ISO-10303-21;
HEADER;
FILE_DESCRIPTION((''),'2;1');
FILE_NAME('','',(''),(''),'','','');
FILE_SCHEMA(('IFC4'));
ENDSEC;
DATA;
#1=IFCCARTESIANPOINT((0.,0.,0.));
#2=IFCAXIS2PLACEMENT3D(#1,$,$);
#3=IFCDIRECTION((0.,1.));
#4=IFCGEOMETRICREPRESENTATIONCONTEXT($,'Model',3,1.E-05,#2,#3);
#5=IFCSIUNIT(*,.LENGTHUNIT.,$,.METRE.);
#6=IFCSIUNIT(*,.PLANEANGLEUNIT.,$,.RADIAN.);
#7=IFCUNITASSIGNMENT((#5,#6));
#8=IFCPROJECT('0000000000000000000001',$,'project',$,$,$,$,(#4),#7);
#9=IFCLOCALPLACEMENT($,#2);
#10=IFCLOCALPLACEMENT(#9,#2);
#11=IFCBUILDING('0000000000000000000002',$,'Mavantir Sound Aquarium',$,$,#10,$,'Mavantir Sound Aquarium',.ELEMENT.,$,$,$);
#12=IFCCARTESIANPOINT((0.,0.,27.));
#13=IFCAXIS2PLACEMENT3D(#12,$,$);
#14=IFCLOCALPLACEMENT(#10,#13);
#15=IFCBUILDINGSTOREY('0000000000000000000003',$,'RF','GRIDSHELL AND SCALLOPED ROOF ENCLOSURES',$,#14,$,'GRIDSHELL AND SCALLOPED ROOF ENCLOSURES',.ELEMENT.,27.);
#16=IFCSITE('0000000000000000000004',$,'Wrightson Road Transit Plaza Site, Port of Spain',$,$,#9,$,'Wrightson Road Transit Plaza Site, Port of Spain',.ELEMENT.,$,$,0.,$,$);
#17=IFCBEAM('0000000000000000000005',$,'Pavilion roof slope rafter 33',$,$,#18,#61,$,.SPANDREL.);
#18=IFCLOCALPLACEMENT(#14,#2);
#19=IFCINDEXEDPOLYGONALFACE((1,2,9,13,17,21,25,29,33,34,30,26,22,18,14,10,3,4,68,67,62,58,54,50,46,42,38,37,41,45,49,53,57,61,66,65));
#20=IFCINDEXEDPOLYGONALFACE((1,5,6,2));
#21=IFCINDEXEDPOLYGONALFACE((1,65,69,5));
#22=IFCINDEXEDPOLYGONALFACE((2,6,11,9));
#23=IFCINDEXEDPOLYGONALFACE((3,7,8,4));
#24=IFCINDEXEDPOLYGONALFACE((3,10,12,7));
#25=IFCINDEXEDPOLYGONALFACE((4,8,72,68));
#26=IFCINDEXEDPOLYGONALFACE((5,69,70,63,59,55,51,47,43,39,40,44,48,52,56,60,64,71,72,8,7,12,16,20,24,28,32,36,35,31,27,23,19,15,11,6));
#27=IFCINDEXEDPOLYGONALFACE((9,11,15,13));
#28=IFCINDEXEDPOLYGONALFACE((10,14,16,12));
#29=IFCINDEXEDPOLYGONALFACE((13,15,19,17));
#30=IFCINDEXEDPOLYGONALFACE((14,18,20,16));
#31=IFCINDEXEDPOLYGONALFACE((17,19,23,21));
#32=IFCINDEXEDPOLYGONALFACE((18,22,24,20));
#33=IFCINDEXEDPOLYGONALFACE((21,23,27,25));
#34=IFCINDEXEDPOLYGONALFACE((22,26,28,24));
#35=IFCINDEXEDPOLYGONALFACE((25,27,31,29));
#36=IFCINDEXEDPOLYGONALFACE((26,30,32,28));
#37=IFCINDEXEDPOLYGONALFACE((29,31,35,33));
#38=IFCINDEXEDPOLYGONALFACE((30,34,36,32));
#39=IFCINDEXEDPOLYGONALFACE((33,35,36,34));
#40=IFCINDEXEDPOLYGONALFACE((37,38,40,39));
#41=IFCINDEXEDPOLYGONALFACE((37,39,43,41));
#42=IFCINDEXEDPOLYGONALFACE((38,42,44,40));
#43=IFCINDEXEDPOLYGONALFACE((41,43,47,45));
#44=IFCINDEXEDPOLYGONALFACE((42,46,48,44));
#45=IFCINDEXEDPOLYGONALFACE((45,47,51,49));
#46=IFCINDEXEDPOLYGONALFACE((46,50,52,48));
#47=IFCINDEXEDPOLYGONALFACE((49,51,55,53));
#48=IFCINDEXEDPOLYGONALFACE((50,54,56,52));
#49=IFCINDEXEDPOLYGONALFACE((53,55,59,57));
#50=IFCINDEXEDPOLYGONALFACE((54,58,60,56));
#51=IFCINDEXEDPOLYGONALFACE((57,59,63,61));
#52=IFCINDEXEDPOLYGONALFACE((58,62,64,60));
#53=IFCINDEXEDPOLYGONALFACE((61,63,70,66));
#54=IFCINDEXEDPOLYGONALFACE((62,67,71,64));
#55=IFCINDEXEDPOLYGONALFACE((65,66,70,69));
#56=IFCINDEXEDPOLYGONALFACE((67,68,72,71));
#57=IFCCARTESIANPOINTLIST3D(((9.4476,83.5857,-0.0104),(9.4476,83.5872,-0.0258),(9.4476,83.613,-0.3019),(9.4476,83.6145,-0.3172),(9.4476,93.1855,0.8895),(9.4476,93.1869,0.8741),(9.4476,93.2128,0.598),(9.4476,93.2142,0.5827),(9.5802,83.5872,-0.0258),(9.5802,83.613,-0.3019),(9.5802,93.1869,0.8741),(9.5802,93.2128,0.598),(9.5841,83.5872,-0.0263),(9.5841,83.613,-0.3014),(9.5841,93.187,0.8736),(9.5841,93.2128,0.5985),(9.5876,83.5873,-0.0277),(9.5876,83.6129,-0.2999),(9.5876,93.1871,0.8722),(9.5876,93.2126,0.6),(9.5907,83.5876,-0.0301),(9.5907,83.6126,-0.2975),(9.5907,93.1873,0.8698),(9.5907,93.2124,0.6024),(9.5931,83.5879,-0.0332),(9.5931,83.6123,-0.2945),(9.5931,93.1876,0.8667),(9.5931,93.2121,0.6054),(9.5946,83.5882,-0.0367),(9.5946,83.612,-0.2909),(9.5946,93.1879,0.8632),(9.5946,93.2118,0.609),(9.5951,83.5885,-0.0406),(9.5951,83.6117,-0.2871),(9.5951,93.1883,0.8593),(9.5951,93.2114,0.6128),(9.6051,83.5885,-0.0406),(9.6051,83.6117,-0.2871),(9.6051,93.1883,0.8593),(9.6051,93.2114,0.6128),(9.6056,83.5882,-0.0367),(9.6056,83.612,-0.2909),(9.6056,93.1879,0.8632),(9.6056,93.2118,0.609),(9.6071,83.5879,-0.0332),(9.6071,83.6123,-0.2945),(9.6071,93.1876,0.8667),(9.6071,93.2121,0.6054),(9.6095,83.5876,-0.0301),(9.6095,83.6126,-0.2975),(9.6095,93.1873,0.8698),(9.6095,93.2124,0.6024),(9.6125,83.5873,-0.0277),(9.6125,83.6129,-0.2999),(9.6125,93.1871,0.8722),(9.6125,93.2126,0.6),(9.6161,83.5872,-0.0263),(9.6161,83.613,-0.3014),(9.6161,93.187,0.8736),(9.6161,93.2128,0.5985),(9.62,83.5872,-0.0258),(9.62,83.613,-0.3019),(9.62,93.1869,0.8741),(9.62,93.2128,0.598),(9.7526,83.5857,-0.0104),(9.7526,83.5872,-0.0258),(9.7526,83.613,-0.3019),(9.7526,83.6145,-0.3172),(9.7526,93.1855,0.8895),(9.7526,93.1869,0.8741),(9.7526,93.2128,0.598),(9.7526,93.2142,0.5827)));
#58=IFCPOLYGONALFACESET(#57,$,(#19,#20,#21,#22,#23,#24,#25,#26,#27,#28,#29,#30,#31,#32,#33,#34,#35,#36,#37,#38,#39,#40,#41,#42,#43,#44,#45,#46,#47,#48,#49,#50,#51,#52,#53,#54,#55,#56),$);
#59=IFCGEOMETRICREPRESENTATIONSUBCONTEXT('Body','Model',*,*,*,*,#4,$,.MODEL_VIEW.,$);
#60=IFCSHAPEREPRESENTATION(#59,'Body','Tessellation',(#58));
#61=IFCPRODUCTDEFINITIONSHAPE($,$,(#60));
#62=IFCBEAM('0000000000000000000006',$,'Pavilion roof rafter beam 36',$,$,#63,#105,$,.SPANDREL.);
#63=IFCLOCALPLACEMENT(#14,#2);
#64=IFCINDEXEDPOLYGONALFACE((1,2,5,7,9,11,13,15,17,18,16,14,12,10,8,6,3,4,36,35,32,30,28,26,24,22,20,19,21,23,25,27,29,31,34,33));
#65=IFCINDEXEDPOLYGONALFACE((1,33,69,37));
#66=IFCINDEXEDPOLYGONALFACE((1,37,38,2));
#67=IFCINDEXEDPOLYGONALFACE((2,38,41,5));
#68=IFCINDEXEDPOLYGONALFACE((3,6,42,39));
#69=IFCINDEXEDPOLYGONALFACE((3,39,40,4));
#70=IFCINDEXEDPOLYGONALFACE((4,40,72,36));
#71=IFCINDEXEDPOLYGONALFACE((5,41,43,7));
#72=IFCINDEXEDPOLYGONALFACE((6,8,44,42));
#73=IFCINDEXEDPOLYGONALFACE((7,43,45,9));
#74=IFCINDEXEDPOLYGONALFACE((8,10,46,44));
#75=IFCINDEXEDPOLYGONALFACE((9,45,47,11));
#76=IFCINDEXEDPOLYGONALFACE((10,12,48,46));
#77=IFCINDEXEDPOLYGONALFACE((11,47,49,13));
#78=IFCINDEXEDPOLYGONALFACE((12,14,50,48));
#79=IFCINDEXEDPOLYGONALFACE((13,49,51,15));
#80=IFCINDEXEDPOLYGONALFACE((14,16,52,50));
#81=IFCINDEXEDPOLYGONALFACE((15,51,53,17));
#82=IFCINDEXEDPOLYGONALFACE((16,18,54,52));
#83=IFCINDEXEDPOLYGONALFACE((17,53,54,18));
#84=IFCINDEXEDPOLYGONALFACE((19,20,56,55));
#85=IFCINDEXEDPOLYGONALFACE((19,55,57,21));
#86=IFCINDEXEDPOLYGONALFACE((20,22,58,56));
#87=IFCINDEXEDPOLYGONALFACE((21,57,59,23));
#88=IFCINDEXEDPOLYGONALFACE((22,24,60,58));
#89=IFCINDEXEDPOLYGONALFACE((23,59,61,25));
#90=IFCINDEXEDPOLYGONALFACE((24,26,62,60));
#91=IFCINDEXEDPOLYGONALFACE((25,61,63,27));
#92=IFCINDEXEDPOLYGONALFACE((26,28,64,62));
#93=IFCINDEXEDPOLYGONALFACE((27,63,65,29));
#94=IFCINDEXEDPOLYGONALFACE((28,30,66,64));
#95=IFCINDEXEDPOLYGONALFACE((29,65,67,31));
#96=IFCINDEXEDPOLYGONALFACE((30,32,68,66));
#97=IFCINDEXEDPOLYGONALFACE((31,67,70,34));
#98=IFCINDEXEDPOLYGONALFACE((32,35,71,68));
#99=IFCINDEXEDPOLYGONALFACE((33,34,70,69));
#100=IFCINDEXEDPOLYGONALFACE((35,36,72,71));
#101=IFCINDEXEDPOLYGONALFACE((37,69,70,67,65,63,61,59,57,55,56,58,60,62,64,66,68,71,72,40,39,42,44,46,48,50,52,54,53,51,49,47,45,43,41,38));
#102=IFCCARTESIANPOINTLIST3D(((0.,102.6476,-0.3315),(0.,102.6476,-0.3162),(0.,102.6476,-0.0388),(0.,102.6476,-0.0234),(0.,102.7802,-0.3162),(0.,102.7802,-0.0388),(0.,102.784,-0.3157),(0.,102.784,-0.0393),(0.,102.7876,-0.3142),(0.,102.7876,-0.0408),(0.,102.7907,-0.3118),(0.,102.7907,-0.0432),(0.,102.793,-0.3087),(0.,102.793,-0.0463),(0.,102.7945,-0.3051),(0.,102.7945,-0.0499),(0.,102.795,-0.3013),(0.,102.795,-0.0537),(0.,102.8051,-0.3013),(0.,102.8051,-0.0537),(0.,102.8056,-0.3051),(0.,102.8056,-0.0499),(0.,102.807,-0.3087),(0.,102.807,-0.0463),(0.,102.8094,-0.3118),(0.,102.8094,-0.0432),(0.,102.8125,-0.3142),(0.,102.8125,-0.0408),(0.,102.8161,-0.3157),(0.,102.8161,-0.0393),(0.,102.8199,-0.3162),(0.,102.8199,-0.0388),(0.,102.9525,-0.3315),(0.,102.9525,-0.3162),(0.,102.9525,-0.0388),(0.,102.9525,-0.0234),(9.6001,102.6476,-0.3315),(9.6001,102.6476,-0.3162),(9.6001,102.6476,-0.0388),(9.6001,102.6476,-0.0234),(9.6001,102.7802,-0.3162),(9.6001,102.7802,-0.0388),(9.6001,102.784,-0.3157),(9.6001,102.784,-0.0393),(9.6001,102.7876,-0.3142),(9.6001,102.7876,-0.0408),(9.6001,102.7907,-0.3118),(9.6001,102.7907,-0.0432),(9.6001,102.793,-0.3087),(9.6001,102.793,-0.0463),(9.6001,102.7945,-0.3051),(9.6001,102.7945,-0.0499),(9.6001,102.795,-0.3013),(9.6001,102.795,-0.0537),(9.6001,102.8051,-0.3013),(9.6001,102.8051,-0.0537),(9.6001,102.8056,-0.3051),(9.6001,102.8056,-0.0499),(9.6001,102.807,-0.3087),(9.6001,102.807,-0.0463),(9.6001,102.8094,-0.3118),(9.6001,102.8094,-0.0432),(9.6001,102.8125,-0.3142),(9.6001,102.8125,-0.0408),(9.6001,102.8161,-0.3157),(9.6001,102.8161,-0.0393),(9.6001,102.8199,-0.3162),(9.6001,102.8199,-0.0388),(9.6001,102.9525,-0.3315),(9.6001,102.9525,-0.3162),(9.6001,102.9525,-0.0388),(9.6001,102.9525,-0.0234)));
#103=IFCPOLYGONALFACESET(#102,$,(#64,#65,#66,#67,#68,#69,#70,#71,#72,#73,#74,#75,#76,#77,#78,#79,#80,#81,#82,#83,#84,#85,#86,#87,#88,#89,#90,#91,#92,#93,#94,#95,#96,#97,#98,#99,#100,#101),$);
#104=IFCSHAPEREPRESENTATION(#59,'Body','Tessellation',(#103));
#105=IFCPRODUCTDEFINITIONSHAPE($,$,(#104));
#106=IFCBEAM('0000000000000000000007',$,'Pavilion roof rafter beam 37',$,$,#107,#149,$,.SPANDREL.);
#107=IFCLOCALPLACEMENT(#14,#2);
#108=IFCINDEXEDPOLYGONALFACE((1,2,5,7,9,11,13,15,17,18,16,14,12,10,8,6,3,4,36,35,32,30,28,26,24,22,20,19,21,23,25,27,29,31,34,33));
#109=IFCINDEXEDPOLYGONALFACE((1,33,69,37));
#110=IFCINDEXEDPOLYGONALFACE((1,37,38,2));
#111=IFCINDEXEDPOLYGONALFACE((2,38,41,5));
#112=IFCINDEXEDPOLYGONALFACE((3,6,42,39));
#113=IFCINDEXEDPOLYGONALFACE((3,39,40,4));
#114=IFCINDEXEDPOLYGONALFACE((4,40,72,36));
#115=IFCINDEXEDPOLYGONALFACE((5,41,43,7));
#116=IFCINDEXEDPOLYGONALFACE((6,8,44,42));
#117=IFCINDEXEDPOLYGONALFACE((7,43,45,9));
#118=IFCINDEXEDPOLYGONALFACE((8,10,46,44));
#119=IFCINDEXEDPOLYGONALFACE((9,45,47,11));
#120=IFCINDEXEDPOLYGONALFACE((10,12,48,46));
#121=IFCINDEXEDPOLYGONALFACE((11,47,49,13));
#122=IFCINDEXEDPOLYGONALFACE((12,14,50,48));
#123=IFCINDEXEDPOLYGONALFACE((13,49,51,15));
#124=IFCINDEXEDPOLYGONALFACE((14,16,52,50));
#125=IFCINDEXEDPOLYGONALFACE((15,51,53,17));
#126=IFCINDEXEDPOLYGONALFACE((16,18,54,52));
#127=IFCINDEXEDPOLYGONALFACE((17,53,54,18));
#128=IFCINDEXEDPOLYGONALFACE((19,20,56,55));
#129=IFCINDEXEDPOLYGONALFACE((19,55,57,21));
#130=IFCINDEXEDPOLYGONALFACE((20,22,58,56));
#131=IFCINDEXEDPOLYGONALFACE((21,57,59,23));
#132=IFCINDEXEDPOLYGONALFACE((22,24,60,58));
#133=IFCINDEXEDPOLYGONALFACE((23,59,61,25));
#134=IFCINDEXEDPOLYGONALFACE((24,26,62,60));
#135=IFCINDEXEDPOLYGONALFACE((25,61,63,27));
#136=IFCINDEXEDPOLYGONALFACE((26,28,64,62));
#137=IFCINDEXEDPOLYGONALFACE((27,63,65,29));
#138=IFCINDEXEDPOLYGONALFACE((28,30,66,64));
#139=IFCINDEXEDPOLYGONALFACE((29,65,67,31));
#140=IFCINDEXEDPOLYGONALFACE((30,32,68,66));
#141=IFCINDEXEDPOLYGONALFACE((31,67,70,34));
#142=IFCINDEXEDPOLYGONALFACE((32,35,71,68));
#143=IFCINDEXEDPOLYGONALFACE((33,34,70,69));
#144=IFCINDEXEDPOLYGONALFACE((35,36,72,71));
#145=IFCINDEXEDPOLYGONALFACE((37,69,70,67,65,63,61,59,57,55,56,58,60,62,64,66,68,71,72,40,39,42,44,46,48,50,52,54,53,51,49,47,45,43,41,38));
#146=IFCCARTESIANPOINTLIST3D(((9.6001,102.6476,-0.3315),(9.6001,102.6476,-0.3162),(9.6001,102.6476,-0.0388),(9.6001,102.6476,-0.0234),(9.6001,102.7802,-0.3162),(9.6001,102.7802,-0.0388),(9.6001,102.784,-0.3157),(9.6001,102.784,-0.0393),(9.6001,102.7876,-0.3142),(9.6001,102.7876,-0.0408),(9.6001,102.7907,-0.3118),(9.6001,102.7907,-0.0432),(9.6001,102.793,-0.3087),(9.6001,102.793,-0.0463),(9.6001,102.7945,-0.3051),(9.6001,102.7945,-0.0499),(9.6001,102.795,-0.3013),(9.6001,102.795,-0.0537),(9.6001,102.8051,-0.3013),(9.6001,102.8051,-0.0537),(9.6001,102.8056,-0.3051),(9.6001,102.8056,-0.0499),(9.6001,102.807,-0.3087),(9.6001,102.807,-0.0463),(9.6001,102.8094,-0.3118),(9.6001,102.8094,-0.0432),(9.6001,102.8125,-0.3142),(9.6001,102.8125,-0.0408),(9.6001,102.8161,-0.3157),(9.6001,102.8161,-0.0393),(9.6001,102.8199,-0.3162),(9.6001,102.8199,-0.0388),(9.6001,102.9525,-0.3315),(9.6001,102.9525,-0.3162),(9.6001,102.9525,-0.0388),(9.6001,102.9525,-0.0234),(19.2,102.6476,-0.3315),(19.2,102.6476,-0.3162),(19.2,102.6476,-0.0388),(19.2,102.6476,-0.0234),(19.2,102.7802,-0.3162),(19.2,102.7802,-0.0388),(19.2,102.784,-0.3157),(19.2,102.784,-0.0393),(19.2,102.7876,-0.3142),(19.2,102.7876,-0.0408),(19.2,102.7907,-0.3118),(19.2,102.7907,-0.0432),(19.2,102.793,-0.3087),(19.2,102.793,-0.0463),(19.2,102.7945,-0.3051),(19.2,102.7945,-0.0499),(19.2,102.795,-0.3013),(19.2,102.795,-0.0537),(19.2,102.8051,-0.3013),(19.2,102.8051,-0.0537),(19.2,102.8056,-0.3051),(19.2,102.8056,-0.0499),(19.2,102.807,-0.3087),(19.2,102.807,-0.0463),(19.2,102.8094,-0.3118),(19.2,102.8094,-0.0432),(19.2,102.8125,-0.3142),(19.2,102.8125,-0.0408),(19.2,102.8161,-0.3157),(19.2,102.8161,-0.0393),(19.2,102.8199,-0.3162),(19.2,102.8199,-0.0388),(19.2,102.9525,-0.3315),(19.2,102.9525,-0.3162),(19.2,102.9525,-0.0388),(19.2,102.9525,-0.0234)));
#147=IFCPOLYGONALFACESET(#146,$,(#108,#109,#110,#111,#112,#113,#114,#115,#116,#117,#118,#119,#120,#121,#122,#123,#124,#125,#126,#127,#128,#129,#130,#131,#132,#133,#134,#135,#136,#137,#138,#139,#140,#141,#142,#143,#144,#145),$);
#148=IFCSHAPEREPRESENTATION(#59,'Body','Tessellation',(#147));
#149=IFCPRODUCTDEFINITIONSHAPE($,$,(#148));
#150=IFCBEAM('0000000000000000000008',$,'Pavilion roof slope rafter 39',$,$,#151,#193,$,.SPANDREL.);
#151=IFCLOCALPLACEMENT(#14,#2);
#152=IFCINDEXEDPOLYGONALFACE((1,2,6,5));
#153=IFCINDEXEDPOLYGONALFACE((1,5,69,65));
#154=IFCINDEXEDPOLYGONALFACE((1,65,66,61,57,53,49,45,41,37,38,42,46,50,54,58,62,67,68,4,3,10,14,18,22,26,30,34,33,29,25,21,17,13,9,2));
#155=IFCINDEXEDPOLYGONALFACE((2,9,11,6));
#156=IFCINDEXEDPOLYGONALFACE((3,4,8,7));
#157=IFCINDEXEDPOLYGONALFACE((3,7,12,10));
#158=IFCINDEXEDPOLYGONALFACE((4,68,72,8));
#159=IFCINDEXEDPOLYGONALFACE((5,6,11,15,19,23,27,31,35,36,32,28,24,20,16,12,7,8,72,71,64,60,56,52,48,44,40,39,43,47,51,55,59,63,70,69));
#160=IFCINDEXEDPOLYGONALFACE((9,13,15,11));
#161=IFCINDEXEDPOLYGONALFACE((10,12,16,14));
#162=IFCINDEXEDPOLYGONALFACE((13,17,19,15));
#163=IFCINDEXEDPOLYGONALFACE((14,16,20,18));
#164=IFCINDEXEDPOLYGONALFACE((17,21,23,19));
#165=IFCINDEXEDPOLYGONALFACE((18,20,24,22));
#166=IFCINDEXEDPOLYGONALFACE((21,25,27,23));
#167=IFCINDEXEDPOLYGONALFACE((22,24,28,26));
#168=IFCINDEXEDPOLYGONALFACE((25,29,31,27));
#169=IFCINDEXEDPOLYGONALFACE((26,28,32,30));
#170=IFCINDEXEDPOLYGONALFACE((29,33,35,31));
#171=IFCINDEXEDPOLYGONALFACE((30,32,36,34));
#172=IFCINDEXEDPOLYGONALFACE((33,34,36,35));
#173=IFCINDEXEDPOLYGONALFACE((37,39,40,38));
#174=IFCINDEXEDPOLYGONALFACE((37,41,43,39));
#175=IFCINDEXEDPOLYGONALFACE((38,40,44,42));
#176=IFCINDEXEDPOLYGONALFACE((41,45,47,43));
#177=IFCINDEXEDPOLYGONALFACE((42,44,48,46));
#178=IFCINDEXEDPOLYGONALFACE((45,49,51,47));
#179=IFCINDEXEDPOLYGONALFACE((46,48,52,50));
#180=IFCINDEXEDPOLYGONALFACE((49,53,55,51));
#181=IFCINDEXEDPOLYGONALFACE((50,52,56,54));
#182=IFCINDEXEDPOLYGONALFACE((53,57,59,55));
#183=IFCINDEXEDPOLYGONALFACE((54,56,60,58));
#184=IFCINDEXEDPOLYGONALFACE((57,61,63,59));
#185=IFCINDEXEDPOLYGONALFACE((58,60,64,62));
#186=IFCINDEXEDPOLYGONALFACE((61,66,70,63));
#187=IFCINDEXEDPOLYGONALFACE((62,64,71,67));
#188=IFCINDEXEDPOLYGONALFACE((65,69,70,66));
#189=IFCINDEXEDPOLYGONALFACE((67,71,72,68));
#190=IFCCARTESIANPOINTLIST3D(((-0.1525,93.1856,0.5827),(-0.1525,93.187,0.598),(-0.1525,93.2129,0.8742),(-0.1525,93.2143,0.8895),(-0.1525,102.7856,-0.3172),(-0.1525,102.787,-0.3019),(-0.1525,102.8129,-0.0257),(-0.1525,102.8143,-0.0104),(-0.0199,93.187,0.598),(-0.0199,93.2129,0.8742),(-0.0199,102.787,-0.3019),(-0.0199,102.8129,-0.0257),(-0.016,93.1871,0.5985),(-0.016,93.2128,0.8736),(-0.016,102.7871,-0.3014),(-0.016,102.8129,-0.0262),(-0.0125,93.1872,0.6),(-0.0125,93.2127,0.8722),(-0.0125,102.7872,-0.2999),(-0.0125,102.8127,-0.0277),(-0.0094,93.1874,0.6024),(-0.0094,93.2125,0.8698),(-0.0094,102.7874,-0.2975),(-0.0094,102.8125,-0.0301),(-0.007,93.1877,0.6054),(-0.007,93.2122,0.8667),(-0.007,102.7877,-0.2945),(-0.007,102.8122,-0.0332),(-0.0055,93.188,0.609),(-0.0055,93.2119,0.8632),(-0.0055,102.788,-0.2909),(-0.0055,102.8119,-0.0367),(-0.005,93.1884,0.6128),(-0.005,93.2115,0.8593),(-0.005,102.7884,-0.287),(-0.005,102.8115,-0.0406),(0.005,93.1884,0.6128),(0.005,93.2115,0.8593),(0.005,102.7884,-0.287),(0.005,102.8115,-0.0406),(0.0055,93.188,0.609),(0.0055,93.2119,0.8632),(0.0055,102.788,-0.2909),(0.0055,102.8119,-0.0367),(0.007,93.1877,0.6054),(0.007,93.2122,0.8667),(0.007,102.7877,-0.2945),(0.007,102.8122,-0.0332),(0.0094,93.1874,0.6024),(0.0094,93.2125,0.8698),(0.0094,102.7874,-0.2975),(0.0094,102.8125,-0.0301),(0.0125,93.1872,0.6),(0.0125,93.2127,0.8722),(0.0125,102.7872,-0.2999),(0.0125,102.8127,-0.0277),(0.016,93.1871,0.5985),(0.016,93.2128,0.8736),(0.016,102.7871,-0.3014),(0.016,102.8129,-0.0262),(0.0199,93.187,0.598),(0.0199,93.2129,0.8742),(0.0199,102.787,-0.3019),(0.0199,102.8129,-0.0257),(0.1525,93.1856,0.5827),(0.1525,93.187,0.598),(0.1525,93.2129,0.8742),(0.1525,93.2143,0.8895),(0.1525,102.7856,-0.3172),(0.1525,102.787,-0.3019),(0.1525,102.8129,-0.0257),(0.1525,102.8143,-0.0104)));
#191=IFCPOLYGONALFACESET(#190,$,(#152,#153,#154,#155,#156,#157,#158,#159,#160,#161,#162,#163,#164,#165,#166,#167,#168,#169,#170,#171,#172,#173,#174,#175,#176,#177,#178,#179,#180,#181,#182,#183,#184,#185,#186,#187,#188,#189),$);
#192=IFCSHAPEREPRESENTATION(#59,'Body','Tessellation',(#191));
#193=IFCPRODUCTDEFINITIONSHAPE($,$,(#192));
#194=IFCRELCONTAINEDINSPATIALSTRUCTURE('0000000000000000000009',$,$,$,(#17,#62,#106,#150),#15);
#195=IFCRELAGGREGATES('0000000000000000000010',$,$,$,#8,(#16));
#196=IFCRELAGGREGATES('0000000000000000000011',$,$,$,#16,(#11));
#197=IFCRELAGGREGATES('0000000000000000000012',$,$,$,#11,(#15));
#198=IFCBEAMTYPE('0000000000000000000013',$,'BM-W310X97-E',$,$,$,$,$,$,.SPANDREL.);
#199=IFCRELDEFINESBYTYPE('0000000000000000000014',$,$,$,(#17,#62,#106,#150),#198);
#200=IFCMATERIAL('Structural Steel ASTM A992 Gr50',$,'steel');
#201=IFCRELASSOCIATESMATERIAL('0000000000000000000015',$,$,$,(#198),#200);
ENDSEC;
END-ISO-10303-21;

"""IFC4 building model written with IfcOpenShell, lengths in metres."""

from ifc_helpers import new_model, si_unit, direction, frame, origin, origin_2d, place, context, subcontext, project, spatial, i_section, extrude, material, material_profile, profile_set, type_object, element, save


model = new_model("IFC4")

# Units and contexts
model_context = context("Model", 3, precision=1e-05, world=origin(), true_north=direction((0.0, 1.0)))
body_context = subcontext(model_context, "Body", "Model", "MODEL_VIEW")
ifc_project = project(units=[si_unit("LENGTHUNIT", "METRE"), si_unit("PLANEANGLEUNIT", "RADIAN")], contexts=[model_context])

# Site, building, storey
site_placement = place(None, origin())
site = spatial("IfcSite", under=ifc_project, at=site_placement, Name="Wrightson Road Transit Plaza Site, Port of Spain", LongName="Wrightson Road Transit Plaza Site, Port of Spain", CompositionType="ELEMENT", RefElevation=0.0)
building_placement = place(site_placement, origin())
building = spatial("IfcBuilding", under=site, at=building_placement, Name="Mavantir Sound Aquarium", LongName="Mavantir Sound Aquarium", CompositionType="ELEMENT")
storey_placement = place(building_placement, frame((0.0, 0.0, 27.0)))
storey = spatial("IfcBuildingStorey", under=building, at=storey_placement, Name="RF", Description="GRIDSHELL AND SCALLOPED ROOF ENCLOSURES", LongName="GRIDSHELL AND SCALLOPED ROOF ENCLOSURES", CompositionType="ELEMENT", Elevation=27.0)

# Beams
ifc_material_1 = material(Name="Structural Steel ASTM A992 Gr50", Category="steel")
ifc_material_profile_1 = material_profile(ifc_material_1, i_section(OverallWidth=0.3049, OverallDepth=0.3081, WebThickness=0.01, FlangeThickness=0.0154, FilletRadius=0.0149, at=origin_2d()), Name="W310X97")
ifc_profile_set_1 = profile_set([ifc_material_profile_1], Name="Structural Steel ASTM A992 Gr50")
beam_type_1 = type_object("IfcBeamType", Name="BM-W310X97-E", PredefinedType="SPANDREL", material=ifc_profile_set_1)
for number, where, z_axis, x_axis, name in (
    (1, (9.6001, 83.6001, -0.1638), (0.0, 0.995635, 0.093332), (-1.0, 0.0, 0.0), "Pavilion roof slope rafter 33"),
):
    element("IfcBeam", number, at=place(storey_placement, frame(where, z_axis=z_axis, x_axis=x_axis)), inside=storey, type_object=beam_type_1, Name=name, PredefinedType="SPANDREL", context=body_context, shape_type="SweptSolid", body=[
        extrude(i_section(OverallWidth=0.3049, OverallDepth=0.3081, WebThickness=0.01, FlangeThickness=0.0154, FilletRadius=0.0149, at=origin_2d()), origin(), (0.0, 0.0, 1.0), 9.6418),
    ])
beam_1_placement = place(storey_placement, frame((0.0, 102.8, -0.1775), z_axis=(1.0, 0.0, 0.0), x_axis=(0.0, 1.0, 0.0)))
element("IfcBeam", 2, at=beam_1_placement, inside=storey, type_object=beam_type_1, Name="Pavilion roof rafter beam 36", PredefinedType="SPANDREL", context=body_context, shape_type="SweptSolid", body=[
    extrude(i_section(OverallWidth=0.3049, OverallDepth=0.3081, WebThickness=0.01, FlangeThickness=0.0154, FilletRadius=0.0149, at=origin_2d()), origin(), (0.0, 0.0, 1.0), 9.6001),
])
beam_2_placement = place(storey_placement, frame((9.6001, 102.8, -0.1775), z_axis=(1.0, 0.0, 0.0), x_axis=(0.0, 1.0, 0.0)))
element("IfcBeam", 3, at=beam_2_placement, inside=storey, type_object=beam_type_1, Name="Pavilion roof rafter beam 37", PredefinedType="SPANDREL", context=body_context, shape_type="SweptSolid", body=[
    extrude(i_section(OverallWidth=0.3049, OverallDepth=0.3081, WebThickness=0.01, FlangeThickness=0.0154, FilletRadius=0.0149, at=origin_2d()), origin(), (0.0, 0.0, 1.0), 9.5999),
])
for number, where, z_axis, x_axis, name in (
    (4, (0.0, 93.2, 0.7361), (0.0, 0.995635, -0.09333), (-1.0, 0.0, 0.0), "Pavilion roof slope rafter 39"),
):
    element("IfcBeam", number, at=place(storey_placement, frame(where, z_axis=z_axis, x_axis=x_axis)), inside=storey, type_object=beam_type_1, Name=name, PredefinedType="SPANDREL", context=body_context, shape_type="SweptSolid", body=[
        extrude(i_section(OverallWidth=0.3049, OverallDepth=0.3081, WebThickness=0.01, FlangeThickness=0.0154, FilletRadius=0.0149, at=origin_2d()), origin(), (0.0, 0.0, 1.0), 9.6421),
    ])

save(model, "model.ifc")
